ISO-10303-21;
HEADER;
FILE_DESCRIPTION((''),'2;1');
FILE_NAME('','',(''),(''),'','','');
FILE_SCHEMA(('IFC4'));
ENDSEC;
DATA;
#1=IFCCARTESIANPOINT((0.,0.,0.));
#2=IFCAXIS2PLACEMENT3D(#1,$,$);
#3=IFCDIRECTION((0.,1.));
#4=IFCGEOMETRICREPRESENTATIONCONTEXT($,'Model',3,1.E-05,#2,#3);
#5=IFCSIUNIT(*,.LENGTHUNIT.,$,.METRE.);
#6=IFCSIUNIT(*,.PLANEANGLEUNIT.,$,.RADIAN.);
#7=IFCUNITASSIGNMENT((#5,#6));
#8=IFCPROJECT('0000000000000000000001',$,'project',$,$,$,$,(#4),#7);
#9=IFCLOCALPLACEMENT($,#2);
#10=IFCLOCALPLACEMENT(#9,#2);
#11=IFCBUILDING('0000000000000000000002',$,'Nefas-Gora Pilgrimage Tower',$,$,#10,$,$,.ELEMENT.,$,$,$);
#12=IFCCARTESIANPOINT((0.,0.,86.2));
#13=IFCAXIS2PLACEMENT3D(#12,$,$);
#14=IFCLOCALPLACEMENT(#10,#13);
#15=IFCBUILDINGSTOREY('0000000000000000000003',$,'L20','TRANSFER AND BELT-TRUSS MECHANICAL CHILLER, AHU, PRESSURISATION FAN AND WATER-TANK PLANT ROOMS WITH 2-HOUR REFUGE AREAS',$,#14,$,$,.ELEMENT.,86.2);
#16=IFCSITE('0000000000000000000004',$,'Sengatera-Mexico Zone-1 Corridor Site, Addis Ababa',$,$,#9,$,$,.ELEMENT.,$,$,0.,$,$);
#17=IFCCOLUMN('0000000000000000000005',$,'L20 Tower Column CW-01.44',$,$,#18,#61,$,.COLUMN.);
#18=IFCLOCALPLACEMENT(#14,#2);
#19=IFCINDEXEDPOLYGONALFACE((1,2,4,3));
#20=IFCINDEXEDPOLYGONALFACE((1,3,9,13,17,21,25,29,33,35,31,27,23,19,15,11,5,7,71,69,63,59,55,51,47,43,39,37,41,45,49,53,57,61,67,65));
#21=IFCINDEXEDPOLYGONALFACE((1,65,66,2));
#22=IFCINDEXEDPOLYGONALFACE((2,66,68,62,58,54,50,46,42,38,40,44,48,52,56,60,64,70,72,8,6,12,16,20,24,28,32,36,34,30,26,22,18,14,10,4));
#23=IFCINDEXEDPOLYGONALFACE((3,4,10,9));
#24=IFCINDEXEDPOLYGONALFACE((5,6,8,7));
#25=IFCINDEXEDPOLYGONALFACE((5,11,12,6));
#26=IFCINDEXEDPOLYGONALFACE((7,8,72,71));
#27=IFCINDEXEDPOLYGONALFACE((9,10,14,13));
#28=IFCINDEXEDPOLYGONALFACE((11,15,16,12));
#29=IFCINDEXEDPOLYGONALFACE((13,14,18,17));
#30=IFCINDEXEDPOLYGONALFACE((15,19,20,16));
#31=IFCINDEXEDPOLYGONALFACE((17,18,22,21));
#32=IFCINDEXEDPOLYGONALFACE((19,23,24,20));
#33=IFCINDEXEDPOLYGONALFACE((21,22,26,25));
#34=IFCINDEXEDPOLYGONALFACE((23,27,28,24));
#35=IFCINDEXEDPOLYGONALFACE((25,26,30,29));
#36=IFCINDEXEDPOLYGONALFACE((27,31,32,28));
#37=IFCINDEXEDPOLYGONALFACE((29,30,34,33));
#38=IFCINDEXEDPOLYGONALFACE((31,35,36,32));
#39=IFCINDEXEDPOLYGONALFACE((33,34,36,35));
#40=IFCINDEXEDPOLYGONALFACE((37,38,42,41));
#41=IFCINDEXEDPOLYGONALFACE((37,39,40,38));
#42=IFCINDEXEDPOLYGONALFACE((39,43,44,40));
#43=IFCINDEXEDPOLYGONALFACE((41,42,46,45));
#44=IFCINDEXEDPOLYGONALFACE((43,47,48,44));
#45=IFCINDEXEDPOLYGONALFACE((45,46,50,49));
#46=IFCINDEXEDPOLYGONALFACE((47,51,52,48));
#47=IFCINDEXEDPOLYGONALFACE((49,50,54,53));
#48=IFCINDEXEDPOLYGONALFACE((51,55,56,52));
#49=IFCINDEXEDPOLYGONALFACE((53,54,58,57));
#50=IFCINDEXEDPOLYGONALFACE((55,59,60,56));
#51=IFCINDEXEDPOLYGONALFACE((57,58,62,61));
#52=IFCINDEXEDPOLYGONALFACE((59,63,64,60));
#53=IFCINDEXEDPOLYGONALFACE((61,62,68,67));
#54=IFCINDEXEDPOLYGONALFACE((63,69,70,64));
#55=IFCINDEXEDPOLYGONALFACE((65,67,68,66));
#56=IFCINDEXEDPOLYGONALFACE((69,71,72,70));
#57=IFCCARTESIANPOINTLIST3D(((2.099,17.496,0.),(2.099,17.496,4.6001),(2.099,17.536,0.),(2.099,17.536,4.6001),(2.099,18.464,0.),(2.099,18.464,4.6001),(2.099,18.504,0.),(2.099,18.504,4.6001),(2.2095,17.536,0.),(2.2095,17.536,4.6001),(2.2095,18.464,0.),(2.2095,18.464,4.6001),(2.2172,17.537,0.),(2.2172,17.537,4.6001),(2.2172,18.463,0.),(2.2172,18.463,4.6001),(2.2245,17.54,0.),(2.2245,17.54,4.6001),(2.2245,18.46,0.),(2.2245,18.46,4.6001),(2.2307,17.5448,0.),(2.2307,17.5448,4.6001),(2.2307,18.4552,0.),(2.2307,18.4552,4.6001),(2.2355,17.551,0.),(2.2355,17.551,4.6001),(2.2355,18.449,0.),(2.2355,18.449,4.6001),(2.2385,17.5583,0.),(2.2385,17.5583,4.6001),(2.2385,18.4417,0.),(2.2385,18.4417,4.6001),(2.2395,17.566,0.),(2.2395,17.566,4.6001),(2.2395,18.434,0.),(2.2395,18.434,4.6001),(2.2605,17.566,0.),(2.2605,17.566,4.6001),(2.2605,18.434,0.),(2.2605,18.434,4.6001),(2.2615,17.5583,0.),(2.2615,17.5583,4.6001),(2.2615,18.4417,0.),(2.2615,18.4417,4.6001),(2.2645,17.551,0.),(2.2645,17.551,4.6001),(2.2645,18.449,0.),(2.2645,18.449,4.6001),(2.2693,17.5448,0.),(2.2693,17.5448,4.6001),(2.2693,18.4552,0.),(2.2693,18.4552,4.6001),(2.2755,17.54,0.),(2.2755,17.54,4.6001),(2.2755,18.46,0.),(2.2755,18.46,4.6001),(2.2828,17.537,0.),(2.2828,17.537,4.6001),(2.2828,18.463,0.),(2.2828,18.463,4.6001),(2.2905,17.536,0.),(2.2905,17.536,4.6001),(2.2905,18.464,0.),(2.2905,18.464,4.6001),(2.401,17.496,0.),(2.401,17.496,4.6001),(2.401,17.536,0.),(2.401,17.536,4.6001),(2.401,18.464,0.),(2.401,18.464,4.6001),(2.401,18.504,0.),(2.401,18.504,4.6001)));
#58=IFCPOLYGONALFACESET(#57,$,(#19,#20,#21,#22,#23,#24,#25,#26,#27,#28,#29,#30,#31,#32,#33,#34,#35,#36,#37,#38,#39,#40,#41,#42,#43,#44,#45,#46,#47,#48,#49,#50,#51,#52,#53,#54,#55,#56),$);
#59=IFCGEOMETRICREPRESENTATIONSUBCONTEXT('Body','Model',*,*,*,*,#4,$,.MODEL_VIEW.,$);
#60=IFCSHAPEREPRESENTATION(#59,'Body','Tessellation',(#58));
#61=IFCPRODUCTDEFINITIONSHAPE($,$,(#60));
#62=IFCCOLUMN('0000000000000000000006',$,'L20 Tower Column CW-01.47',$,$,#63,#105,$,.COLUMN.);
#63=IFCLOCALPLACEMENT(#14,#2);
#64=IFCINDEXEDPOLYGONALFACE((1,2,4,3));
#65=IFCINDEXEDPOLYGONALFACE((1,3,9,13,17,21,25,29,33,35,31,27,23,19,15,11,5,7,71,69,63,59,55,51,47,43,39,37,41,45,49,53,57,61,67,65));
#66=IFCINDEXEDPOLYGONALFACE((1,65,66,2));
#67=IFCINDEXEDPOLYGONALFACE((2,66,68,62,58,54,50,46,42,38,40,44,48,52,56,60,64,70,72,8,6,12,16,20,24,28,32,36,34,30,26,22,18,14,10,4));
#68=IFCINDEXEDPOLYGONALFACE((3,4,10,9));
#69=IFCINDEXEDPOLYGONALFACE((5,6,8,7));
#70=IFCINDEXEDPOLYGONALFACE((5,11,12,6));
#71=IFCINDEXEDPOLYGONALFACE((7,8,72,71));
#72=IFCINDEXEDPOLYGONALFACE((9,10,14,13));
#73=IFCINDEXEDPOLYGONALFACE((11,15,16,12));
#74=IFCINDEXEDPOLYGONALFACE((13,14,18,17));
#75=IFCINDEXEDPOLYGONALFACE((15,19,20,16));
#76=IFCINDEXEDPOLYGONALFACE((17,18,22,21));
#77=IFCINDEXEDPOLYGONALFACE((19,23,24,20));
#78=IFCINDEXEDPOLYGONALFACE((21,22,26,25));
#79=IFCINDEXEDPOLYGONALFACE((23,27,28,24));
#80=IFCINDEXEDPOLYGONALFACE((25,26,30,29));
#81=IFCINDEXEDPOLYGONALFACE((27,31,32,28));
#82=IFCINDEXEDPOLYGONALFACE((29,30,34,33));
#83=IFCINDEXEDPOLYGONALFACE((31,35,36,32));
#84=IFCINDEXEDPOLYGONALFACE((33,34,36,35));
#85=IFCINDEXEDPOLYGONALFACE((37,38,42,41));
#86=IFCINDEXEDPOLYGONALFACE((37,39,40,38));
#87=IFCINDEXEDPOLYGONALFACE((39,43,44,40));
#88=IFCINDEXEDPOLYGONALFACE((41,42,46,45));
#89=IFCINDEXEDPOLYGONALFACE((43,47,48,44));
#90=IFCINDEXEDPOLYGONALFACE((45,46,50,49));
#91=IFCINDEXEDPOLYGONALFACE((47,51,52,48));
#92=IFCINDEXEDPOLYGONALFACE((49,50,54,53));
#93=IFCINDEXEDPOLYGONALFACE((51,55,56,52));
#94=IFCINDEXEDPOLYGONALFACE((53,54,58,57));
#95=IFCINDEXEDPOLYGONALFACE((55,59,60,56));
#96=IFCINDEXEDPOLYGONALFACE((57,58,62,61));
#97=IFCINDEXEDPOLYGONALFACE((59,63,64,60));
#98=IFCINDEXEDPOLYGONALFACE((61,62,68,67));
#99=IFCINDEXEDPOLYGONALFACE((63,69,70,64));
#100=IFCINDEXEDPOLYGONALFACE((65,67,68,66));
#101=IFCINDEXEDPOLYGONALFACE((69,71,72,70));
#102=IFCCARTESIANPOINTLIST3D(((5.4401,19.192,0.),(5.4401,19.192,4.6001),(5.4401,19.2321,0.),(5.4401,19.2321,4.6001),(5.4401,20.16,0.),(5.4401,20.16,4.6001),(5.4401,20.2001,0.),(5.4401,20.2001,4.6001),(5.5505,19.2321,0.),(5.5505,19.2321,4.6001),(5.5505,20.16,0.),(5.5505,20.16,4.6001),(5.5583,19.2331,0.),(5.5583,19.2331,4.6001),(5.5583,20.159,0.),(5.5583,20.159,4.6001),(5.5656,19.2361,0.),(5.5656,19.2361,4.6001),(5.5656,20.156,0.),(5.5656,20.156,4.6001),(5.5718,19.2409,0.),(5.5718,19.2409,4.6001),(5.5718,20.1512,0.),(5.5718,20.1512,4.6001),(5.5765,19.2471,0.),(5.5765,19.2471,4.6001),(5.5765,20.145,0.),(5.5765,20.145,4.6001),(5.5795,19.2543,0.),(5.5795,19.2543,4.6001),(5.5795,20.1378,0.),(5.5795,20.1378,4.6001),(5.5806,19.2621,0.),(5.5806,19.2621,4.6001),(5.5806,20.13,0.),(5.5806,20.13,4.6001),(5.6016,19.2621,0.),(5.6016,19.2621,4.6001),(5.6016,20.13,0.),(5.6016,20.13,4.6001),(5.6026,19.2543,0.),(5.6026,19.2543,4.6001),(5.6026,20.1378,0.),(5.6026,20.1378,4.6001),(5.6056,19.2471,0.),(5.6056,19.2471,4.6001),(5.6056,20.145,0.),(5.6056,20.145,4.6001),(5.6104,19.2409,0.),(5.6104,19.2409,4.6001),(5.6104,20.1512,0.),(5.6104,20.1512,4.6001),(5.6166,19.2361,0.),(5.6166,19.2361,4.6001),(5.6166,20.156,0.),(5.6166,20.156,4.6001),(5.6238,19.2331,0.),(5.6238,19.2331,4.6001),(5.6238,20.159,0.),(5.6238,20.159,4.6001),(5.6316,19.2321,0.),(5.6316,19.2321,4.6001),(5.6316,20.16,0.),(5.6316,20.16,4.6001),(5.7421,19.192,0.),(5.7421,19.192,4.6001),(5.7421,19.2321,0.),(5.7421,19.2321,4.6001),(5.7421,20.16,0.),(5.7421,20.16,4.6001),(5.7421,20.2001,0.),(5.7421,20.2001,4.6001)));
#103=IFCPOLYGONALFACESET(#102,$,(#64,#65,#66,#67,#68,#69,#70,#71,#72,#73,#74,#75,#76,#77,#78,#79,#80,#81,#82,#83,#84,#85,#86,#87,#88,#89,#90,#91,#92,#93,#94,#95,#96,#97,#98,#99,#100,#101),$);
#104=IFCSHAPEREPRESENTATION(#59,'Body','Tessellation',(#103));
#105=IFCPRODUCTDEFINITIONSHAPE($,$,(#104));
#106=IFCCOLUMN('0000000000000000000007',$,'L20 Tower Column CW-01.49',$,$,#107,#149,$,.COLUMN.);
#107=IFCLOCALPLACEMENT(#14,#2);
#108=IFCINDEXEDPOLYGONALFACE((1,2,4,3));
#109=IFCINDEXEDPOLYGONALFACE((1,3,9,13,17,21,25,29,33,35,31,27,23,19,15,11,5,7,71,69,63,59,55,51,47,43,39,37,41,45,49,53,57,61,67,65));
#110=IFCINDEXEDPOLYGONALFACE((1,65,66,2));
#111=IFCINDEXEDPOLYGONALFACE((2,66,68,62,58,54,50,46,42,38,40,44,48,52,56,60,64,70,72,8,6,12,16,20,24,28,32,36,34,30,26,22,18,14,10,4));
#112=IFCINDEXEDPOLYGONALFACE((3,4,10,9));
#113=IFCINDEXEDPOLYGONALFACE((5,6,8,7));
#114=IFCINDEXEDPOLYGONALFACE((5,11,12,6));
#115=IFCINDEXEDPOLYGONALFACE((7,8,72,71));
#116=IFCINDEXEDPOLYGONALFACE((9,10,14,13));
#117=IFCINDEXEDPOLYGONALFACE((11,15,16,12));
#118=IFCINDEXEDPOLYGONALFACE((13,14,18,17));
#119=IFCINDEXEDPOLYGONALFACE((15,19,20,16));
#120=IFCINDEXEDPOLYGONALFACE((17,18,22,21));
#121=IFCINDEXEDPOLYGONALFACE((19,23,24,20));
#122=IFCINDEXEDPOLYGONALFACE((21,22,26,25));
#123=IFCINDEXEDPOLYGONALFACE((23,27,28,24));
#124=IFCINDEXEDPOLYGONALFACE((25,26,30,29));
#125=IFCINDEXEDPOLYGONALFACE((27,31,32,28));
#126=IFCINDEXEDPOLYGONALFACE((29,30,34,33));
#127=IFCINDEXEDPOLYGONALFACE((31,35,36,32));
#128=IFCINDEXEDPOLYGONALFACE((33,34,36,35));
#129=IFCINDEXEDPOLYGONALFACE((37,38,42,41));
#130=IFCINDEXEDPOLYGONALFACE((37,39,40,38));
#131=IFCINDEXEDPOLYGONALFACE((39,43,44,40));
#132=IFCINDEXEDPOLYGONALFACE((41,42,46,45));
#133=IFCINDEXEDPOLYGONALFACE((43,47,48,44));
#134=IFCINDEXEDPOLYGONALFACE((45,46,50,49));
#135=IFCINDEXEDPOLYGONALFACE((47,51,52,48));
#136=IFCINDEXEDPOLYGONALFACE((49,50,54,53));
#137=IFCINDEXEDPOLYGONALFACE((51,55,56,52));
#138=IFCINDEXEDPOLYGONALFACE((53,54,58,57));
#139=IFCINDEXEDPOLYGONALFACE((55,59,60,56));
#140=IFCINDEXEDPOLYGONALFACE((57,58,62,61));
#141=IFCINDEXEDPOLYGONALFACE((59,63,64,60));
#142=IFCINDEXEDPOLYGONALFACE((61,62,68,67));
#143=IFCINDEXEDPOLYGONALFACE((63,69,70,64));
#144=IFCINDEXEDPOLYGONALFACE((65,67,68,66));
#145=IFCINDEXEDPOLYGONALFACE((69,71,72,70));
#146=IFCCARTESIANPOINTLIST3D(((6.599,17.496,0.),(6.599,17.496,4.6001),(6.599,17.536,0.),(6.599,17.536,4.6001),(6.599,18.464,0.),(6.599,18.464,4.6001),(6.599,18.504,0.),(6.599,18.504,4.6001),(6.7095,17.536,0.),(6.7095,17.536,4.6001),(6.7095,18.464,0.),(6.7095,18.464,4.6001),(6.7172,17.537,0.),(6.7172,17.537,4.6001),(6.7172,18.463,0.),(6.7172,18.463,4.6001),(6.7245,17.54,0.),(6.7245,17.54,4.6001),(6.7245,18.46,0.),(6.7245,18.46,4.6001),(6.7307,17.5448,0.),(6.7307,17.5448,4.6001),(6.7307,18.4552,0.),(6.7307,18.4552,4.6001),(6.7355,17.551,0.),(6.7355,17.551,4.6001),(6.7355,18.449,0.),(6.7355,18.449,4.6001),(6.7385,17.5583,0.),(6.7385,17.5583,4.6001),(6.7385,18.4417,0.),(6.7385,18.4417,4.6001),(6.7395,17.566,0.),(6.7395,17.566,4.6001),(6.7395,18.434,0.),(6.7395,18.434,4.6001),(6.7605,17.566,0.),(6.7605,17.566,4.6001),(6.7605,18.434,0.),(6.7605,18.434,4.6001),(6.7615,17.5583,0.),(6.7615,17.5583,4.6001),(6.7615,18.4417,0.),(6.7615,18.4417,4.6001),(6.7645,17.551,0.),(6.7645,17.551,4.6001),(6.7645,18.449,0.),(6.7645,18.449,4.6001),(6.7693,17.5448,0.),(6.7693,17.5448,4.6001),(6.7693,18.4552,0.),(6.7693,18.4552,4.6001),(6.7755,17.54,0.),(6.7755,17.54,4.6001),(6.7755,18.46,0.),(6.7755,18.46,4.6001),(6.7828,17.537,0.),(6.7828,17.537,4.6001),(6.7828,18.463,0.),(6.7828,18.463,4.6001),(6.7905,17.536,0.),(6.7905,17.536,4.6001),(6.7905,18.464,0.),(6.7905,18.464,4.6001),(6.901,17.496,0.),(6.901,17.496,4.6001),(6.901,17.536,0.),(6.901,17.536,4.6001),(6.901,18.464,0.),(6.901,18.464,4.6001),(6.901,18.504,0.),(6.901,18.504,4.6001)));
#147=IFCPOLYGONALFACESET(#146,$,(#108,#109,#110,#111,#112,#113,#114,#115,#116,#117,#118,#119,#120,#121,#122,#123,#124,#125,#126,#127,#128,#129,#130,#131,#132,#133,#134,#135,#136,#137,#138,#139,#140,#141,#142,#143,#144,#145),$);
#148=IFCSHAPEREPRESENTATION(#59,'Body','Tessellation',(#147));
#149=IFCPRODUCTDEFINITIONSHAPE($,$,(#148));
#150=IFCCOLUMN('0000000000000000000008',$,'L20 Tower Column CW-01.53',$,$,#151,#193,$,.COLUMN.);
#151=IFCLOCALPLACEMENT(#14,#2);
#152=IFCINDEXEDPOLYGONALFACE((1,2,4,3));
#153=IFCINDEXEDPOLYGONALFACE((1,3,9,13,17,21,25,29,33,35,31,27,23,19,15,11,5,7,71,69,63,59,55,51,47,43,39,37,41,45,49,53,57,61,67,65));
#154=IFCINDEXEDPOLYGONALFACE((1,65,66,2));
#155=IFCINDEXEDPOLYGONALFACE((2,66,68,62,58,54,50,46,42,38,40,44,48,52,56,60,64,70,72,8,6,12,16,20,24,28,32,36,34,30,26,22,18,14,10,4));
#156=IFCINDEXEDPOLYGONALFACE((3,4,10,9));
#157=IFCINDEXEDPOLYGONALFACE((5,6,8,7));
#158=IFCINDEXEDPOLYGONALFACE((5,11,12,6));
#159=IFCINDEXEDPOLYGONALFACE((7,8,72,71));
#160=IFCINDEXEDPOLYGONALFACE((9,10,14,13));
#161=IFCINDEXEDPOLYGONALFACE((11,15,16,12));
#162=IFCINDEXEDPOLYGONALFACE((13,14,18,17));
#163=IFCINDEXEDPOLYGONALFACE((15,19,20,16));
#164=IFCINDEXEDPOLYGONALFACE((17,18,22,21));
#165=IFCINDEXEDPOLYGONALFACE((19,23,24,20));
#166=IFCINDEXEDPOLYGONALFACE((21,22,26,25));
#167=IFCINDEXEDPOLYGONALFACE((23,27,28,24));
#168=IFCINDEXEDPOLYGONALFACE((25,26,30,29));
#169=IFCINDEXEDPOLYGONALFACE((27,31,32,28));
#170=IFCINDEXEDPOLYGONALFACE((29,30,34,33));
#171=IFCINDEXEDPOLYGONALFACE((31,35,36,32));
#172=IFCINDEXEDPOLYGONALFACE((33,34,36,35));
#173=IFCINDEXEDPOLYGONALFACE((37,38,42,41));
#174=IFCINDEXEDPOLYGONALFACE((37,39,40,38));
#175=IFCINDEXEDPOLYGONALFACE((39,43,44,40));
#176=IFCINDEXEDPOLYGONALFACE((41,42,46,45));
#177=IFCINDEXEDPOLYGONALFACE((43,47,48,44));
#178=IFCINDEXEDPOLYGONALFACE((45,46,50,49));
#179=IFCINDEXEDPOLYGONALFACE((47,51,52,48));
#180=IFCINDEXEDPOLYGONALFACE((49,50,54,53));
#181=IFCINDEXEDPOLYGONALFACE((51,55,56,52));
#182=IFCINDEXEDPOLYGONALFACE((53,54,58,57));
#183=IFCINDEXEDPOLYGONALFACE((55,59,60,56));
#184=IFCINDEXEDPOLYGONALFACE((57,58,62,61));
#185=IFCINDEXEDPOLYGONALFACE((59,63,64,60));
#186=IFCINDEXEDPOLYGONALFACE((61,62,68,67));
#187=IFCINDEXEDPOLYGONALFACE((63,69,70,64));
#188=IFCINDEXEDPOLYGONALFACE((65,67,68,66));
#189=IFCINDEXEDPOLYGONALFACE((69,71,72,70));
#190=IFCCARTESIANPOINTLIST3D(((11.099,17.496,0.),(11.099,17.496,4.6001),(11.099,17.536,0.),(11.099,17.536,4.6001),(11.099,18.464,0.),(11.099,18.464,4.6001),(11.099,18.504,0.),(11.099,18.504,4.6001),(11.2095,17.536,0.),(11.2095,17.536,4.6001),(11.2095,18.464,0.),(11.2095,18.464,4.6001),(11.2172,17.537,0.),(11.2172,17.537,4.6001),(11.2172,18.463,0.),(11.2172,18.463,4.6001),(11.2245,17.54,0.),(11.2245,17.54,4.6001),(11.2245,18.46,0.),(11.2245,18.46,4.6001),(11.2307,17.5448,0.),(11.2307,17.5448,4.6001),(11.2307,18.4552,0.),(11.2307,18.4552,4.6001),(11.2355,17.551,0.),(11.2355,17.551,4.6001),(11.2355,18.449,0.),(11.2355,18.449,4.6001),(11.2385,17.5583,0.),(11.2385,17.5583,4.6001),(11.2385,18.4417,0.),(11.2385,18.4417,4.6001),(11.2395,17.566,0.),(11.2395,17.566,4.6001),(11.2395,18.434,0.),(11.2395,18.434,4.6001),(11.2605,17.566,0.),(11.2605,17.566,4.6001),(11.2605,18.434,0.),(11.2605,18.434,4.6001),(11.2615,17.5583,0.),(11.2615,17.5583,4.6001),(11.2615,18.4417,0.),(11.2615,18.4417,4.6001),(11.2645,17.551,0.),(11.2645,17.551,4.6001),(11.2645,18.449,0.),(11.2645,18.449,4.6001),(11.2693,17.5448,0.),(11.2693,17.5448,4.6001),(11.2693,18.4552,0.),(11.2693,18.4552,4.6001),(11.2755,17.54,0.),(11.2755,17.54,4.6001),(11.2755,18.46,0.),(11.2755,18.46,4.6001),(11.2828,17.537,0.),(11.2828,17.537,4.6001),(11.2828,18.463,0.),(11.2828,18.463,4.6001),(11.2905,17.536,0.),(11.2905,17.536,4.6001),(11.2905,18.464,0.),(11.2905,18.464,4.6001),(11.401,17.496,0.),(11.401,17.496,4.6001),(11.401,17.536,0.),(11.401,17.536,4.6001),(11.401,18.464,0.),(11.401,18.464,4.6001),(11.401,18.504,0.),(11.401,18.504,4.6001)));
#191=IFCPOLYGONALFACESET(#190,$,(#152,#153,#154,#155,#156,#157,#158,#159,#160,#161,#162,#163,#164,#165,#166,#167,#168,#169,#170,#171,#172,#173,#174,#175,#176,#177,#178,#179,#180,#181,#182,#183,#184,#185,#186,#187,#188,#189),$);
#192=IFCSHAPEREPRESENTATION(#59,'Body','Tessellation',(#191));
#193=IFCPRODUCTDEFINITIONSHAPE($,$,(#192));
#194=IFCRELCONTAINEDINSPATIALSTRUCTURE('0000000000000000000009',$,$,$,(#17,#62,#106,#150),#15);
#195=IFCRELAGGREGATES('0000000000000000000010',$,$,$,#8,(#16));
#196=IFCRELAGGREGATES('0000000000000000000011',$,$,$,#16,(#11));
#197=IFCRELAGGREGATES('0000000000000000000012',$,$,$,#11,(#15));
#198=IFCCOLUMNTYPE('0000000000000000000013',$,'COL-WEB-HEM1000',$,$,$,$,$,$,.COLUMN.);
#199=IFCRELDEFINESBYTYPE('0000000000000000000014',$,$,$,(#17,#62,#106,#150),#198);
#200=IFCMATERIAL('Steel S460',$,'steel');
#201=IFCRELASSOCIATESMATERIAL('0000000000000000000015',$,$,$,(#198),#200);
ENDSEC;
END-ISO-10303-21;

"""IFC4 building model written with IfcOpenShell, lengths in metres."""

from ifc_helpers import new_model, si_unit, direction, frame, origin, origin_2d, place, context, subcontext, project, spatial, i_section, extrude, source, transform, mapped, material, material_profile, profile_set, type_object, element, save


model = new_model("IFC4")

# Units and contexts
model_context = context("Model", 3, precision=1e-05, world=origin(), true_north=direction((0.0, 1.0)))
body_context = subcontext(model_context, "Body", "Model", "MODEL_VIEW")
ifc_project = project(units=[si_unit("LENGTHUNIT", "METRE"), si_unit("PLANEANGLEUNIT", "RADIAN")], contexts=[model_context])

# Site, building, storey
site_placement = place(None, origin())
site = spatial("IfcSite", under=ifc_project, at=site_placement, Name="Sengatera-Mexico Zone-1 Corridor Site, Addis Ababa", CompositionType="ELEMENT", RefElevation=0.0)
building_placement = place(site_placement, origin())
building = spatial("IfcBuilding", under=site, at=building_placement, Name="Nefas-Gora Pilgrimage Tower", CompositionType="ELEMENT")
storey_placement = place(building_placement, frame((0.0, 0.0, 86.2)))
storey = spatial("IfcBuildingStorey", under=building, at=storey_placement, Name="L20", Description="TRANSFER AND BELT-TRUSS MECHANICAL CHILLER, AHU, PRESSURISATION FAN AND WATER-TANK PLANT ROOMS WITH 2-HOUR REFUGE AREAS", CompositionType="ELEMENT", Elevation=86.2)

# Columns
ifc_material_1 = material(Name="Steel S460", Category="steel")
ifc_material_profile_1 = material_profile(ifc_material_1, i_section(OverallWidth=0.302, OverallDepth=1.0081, WebThickness=0.021, FlangeThickness=0.04, FilletRadius=0.03, at=origin_2d()), Name="HEM 1000")
ifc_profile_set_1 = profile_set([ifc_material_profile_1], Name="Steel S460")
column_type_1 = type_object("IfcColumnType", Name="COL-WEB-HEM1000", PredefinedType="COLUMN", material=ifc_profile_set_1)
shared_shape_1 = source(origin(), body_context, "Body", "SweptSolid", [
    extrude(i_section(OverallWidth=0.302, OverallDepth=1.0081, WebThickness=0.021, FlangeThickness=0.04, FilletRadius=0.03, at=origin_2d()), origin(), (0.0, 0.0, 1.0), 4.6001),
])
for number, where, z_axis, x_axis, name in (
    (1, (2.25, 18.0, 0.0), (0.0, 0.0, 1.0), (1.0, 0.0, 0.0), "L20 Tower Column CW-01.44"),
    (2, (5.5911, 19.696, 0.0), (0.0, 0.0, 1.0), (1.0, 0.0, 0.0), "L20 Tower Column CW-01.47"),
    (3, (6.75, 18.0, 0.0), (0.0, 0.0, 1.0), (1.0, 0.0, 0.0), "L20 Tower Column CW-01.49"),
    (4, (11.25, 18.0, 0.0), (0.0, 0.0, 1.0), (1.0, 0.0, 0.0), "L20 Tower Column CW-01.53"),
):
    element("IfcColumn", number, at=place(storey_placement, frame(where, z_axis=z_axis, x_axis=x_axis)), inside=storey, type_object=column_type_1, Name=name, PredefinedType="COLUMN", context=body_context, shape_type="MappedRepresentation", body=[
        mapped(shared_shape_1, transform((0.0, 0.0, 0.0), x_axis=(1.0, 0.0, 0.0), y_axis=(0.0, 1.0, 0.0), z_axis=(0.0, 0.0, 1.0), scale=1.0)),
    ])

save(model, "model.ifc")
